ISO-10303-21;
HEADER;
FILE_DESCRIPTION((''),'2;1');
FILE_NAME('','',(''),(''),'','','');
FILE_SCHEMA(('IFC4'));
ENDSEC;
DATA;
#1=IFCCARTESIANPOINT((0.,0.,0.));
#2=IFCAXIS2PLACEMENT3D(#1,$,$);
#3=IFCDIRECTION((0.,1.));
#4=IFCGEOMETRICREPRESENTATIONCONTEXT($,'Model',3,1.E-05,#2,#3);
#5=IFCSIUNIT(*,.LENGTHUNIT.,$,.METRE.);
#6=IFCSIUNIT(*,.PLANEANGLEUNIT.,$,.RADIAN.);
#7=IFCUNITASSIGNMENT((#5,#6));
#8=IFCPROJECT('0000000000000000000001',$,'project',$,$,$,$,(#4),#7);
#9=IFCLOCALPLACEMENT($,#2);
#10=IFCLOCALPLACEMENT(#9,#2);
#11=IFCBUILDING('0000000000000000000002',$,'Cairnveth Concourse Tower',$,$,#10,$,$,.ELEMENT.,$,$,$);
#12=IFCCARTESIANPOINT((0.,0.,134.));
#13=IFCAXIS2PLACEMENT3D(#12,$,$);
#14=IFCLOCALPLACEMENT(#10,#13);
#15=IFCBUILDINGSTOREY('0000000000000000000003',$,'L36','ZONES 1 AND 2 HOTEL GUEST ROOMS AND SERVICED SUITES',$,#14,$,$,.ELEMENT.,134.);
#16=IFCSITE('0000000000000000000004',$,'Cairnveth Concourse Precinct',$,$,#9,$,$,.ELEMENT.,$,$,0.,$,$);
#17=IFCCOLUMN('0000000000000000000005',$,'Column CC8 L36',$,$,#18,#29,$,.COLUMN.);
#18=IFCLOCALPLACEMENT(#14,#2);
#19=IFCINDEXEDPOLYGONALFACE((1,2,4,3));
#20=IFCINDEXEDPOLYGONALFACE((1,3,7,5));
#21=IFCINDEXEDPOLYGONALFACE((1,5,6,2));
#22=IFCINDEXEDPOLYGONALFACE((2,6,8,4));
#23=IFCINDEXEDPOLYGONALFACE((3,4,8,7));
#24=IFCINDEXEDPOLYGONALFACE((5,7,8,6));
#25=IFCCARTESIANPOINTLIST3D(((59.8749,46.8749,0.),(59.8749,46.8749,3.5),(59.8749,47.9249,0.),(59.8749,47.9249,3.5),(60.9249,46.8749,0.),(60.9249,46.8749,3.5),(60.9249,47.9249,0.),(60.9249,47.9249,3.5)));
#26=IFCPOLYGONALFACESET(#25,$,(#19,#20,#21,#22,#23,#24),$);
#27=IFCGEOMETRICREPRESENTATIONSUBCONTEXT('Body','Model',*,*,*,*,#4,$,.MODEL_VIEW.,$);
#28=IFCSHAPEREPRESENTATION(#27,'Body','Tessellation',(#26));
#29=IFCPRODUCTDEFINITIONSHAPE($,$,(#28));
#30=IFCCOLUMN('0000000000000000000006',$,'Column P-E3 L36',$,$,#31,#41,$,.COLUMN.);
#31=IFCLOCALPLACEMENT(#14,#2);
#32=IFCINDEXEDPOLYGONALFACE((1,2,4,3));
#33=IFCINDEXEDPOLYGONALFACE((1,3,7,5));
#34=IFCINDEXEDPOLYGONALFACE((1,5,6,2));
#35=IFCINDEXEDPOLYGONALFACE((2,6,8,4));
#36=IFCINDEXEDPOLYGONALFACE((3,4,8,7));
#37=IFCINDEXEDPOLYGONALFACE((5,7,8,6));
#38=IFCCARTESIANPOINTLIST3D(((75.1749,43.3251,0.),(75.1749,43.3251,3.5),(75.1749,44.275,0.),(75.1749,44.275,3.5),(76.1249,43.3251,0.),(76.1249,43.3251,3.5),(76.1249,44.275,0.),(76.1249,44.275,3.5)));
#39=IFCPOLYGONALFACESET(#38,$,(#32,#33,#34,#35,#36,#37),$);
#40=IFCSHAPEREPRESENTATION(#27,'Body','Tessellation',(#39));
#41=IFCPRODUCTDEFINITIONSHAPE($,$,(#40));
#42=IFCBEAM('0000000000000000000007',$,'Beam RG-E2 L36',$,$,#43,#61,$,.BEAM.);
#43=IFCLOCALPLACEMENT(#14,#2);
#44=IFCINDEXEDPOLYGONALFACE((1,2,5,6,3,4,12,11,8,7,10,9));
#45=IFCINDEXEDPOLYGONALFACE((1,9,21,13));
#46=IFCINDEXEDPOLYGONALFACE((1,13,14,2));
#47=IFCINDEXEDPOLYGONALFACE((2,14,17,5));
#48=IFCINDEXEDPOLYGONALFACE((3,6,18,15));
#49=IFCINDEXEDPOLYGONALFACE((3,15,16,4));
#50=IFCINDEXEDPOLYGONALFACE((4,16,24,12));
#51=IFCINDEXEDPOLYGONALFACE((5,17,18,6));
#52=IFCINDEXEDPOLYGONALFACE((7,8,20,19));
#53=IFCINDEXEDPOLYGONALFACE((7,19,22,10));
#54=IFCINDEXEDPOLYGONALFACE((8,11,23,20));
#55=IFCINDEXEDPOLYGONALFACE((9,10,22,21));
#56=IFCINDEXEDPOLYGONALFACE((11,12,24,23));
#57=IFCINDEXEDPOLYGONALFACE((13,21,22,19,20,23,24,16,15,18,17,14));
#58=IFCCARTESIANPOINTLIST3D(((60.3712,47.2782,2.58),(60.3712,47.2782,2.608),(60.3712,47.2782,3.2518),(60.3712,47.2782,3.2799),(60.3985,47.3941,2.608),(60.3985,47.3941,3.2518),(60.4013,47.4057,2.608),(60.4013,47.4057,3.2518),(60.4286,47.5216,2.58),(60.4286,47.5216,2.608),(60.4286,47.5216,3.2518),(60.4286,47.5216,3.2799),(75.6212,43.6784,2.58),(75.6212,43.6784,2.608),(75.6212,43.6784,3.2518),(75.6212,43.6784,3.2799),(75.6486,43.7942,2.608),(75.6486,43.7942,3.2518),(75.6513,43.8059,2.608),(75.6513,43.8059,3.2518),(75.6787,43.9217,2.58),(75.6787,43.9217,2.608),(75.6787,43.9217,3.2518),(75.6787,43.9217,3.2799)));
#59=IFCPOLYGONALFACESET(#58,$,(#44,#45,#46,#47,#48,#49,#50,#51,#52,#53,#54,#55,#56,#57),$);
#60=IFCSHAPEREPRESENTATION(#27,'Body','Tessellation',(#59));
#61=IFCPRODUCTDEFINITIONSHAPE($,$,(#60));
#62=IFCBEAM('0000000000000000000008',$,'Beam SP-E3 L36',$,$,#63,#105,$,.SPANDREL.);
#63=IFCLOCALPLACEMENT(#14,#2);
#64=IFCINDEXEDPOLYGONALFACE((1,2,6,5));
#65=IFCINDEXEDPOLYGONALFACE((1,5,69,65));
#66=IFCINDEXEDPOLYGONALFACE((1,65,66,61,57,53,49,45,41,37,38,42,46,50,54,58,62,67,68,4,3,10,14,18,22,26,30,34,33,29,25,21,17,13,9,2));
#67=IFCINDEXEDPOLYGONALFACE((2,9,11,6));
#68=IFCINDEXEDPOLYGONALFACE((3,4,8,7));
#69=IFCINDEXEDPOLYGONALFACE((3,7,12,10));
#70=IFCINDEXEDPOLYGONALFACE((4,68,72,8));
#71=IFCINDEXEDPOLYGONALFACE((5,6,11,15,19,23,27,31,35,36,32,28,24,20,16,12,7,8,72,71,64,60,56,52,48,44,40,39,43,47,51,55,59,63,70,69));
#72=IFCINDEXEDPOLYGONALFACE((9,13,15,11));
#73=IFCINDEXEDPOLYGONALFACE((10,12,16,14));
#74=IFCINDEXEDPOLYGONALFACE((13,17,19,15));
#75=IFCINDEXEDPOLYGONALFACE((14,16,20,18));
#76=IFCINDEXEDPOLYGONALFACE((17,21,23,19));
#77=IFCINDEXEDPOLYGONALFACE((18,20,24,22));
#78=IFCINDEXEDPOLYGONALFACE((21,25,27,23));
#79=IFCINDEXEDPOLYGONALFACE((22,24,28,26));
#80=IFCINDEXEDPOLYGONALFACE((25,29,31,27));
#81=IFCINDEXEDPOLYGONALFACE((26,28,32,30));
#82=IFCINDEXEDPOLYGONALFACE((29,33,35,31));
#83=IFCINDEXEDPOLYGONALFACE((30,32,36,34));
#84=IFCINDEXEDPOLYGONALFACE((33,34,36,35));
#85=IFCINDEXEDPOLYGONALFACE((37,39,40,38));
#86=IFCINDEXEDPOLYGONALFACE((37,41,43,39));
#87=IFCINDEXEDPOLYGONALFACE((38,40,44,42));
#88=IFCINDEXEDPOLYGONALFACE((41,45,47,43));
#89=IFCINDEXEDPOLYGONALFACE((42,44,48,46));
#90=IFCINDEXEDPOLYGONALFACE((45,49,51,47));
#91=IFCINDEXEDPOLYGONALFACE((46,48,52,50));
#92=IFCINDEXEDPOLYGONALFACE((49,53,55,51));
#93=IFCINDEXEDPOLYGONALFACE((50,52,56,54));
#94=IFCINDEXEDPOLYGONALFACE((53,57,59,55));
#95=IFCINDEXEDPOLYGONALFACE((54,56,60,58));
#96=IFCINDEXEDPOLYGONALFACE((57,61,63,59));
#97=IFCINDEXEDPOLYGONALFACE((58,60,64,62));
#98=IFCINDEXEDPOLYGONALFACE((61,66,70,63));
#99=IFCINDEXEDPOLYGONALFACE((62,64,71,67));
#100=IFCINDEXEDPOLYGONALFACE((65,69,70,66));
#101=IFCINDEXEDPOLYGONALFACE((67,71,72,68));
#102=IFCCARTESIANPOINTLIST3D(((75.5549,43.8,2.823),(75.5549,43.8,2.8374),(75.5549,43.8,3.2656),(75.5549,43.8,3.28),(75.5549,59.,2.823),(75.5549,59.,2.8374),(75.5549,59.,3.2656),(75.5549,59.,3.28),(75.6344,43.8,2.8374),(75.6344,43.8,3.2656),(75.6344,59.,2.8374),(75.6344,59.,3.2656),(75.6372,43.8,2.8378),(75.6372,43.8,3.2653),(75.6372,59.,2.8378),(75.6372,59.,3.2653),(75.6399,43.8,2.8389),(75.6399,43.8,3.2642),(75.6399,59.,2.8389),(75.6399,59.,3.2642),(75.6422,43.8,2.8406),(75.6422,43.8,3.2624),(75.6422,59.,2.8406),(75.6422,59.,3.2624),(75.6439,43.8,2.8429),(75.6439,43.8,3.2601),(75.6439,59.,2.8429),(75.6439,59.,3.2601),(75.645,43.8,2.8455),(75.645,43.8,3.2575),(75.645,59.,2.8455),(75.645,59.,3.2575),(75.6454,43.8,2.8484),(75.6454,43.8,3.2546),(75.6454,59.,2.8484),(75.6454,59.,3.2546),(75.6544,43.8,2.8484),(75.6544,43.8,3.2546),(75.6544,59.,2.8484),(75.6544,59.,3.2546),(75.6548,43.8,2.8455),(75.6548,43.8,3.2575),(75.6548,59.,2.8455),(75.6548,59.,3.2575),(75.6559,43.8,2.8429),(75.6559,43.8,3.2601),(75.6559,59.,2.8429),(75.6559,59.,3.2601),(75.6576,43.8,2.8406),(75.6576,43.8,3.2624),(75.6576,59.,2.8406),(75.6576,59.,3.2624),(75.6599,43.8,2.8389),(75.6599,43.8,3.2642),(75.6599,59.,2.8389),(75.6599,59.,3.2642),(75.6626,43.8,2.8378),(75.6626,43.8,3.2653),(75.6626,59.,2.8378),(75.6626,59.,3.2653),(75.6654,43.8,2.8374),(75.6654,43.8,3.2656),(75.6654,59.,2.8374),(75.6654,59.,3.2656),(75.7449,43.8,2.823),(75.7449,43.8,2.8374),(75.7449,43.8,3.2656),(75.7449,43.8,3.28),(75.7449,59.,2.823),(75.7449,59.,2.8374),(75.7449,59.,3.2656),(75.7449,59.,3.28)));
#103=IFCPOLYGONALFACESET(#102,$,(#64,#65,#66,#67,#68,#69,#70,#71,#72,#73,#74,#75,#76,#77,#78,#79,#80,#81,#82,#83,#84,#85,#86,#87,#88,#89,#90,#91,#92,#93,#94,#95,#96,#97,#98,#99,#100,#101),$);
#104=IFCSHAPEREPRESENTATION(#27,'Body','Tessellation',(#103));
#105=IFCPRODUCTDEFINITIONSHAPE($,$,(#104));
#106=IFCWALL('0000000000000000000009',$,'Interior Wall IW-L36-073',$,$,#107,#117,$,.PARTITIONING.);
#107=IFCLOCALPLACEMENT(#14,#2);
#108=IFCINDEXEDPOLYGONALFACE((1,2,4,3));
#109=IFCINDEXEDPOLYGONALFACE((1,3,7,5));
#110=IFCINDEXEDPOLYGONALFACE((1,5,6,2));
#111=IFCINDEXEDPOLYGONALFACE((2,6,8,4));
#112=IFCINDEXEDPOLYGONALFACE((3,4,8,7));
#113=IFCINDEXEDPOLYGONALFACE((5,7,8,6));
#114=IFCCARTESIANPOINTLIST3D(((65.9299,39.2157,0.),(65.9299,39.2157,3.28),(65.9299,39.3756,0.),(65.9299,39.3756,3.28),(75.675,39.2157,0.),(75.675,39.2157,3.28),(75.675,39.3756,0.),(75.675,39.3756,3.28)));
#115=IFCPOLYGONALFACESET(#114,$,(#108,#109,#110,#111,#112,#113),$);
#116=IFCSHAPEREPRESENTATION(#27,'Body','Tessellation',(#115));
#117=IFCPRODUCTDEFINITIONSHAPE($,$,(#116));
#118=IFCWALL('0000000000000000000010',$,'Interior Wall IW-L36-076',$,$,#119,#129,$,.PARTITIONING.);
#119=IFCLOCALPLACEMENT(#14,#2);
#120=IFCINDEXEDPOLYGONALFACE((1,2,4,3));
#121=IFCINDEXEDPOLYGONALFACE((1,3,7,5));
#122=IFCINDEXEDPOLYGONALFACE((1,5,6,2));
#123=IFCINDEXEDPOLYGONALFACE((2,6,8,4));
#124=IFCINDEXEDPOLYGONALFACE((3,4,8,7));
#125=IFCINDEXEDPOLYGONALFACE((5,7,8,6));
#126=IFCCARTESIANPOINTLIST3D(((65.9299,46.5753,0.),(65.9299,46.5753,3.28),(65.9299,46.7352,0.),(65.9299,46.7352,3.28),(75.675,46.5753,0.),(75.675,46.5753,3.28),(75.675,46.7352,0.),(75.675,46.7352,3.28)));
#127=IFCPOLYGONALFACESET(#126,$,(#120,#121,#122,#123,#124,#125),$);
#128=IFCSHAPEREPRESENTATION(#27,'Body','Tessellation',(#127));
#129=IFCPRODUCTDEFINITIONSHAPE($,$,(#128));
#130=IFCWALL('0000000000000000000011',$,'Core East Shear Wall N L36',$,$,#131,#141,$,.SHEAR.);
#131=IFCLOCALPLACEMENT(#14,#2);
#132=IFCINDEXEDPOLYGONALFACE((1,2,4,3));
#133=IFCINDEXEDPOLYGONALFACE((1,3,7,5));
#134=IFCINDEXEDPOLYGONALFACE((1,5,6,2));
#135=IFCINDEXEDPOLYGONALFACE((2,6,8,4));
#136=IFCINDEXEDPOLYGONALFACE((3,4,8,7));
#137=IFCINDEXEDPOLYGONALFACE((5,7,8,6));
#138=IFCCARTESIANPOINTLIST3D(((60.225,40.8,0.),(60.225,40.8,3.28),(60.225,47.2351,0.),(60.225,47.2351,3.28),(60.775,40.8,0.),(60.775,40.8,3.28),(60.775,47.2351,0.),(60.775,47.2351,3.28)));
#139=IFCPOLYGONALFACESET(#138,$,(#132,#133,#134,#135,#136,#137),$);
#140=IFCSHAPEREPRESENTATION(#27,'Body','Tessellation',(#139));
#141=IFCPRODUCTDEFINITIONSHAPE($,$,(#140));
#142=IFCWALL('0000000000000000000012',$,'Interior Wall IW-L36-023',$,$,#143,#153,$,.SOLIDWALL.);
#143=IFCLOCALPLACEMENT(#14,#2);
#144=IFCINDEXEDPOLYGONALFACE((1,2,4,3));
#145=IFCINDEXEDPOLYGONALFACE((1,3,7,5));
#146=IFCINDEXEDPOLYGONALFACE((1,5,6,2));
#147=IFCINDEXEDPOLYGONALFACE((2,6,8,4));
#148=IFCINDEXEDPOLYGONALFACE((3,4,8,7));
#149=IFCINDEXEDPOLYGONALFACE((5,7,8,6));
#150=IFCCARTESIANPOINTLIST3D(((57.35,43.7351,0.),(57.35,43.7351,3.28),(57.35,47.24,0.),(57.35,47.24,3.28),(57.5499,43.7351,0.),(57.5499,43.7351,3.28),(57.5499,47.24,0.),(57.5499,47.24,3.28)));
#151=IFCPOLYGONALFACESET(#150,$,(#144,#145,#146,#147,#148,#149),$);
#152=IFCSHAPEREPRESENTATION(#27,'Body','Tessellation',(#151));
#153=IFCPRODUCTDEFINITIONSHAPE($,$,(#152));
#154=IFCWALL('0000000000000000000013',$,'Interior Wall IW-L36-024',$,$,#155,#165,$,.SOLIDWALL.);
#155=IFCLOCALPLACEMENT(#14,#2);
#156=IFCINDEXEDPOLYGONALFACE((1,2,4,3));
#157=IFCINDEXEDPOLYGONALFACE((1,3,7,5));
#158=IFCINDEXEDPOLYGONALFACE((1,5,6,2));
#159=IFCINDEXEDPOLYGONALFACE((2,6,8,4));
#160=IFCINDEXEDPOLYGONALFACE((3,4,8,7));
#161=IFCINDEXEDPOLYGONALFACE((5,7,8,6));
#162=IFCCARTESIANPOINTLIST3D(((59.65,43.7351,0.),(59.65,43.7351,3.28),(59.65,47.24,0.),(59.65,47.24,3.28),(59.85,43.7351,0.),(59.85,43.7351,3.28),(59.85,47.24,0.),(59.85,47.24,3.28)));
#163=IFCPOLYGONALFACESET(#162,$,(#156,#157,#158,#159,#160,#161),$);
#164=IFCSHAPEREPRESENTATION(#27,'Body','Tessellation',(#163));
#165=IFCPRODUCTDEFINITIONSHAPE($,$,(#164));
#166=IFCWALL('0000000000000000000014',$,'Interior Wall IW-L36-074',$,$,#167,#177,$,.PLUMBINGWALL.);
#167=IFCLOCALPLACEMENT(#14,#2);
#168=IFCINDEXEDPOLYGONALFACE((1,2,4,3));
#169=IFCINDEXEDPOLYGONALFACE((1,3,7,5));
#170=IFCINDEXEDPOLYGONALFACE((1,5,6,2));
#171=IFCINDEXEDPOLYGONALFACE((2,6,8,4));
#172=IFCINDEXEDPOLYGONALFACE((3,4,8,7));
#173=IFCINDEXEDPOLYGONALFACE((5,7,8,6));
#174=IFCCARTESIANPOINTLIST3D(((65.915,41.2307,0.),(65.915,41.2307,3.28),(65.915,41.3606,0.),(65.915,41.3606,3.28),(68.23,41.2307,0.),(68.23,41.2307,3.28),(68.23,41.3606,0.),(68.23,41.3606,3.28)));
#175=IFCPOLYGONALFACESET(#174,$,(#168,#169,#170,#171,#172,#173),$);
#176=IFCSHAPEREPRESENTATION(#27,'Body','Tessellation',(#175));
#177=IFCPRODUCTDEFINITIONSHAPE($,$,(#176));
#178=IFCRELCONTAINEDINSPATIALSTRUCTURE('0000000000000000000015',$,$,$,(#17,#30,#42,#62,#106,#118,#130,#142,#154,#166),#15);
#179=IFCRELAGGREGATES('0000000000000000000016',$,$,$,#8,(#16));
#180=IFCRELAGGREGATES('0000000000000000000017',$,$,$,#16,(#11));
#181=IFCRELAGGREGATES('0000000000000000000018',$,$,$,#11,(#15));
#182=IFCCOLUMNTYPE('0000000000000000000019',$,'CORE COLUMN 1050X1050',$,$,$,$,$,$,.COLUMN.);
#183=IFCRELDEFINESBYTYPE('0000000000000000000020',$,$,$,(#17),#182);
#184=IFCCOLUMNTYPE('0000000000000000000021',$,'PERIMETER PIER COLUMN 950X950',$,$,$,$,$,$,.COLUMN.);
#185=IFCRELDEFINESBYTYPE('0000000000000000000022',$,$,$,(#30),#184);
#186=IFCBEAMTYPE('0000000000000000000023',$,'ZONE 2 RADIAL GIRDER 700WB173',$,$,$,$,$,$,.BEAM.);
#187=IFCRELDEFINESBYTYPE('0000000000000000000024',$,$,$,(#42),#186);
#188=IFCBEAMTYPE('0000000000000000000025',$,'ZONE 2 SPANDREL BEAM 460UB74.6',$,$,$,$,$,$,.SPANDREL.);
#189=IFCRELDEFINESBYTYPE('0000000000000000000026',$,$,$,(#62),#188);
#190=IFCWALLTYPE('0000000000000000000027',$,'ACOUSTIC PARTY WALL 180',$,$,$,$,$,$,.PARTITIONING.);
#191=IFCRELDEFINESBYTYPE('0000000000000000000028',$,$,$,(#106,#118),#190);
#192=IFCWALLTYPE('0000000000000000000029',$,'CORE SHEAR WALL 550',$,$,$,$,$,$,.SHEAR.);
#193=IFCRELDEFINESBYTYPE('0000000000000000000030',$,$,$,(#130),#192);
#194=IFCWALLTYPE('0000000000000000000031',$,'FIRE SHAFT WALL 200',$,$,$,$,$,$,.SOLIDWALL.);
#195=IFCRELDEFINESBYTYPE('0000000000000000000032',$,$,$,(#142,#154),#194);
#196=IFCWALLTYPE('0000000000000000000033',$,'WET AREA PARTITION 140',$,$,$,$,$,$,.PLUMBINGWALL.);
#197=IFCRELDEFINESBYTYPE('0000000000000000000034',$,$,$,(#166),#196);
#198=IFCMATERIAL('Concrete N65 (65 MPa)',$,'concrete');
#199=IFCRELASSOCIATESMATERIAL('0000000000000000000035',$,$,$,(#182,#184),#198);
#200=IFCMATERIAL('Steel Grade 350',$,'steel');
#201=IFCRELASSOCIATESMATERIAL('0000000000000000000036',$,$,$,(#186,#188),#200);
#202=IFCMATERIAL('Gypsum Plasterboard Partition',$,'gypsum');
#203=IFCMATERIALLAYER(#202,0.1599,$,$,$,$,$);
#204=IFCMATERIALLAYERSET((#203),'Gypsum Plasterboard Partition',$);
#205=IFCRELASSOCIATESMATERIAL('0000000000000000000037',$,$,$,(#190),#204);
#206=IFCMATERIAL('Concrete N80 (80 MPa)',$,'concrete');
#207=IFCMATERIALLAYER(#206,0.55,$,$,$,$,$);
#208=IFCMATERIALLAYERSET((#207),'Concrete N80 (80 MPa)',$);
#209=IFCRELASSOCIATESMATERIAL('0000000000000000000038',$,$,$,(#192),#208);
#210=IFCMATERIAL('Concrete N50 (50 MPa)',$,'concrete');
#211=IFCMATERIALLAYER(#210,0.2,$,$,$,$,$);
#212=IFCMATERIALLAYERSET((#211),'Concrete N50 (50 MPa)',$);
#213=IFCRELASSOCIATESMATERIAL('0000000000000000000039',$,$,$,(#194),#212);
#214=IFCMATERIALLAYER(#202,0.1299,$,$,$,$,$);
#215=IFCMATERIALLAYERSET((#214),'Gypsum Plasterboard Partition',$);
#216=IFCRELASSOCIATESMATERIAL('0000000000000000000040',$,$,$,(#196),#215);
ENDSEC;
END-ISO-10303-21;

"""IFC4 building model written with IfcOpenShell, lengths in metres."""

from ifc_helpers import new_model, si_unit, direction, frame, frame_2d, origin, origin_2d, place, context, subcontext, project, spatial, rectangle, i_section, extrude, material, layer, layer_set, material_profile, profile_set, type_object, element, save


model = new_model("IFC4")

# Units and contexts
model_context = context("Model", 3, precision=1e-05, world=origin(), true_north=direction((0.0, 1.0)))
body_context = subcontext(model_context, "Body", "Model", "MODEL_VIEW")
ifc_project = project(units=[si_unit("LENGTHUNIT", "METRE"), si_unit("PLANEANGLEUNIT", "RADIAN")], contexts=[model_context])

# Site, building, storey
site_placement = place(None, origin())
site = spatial("IfcSite", under=ifc_project, at=site_placement, Name="Cairnveth Concourse Precinct", CompositionType="ELEMENT", RefElevation=0.0)
building_placement = place(site_placement, origin())
building = spatial("IfcBuilding", under=site, at=building_placement, Name="Cairnveth Concourse Tower", CompositionType="ELEMENT")
storey_placement = place(building_placement, frame((0.0, 0.0, 134.0)))
storey = spatial("IfcBuildingStorey", under=building, at=storey_placement, Name="L36", Description="ZONES 1 AND 2 HOTEL GUEST ROOMS AND SERVICED SUITES", CompositionType="ELEMENT", Elevation=134.0)

# Columns
ifc_material_1 = material(Name="Concrete N65 (65 MPa)", Category="concrete")
ifc_material_profile_1 = material_profile(ifc_material_1, rectangle(XDim=1.05, YDim=1.05, at=origin_2d()), Name="RC-COL-1050x1050")
ifc_profile_set_1 = profile_set([ifc_material_profile_1], Name="Concrete N65 (65 MPa)")
column_type_1 = type_object("IfcColumnType", Name="CORE COLUMN 1050X1050", PredefinedType="COLUMN", material=ifc_profile_set_1)
column_1_placement = place(storey_placement, frame((60.3999, 47.3999, 0.0), z_axis=(0.0, 0.0, 1.0), x_axis=(1.0, 0.0, 0.0)))
element("IfcColumn", 1, at=column_1_placement, inside=storey, type_object=column_type_1, Name="Column CC8 L36", PredefinedType="COLUMN", context=body_context, shape_type="SweptSolid", body=[
    extrude(rectangle(XDim=1.05, YDim=1.05, at=origin_2d()), origin(), (0.0, 0.0, 1.0), 3.5),
])
ifc_material_profile_2 = material_profile(ifc_material_1, rectangle(XDim=0.95, YDim=0.95, at=origin_2d()), Name="RC-COL-950x950")
ifc_profile_set_2 = profile_set([ifc_material_profile_2], Name="Concrete N65 (65 MPa)")
column_type_2 = type_object("IfcColumnType", Name="PERIMETER PIER COLUMN 950X950", PredefinedType="COLUMN", material=ifc_profile_set_2)
column_2_placement = place(storey_placement, frame((75.6499, 43.8, 0.0), z_axis=(0.0, 0.0, 1.0), x_axis=(0.0, 1.0, 0.0)))
element("IfcColumn", 2, at=column_2_placement, inside=storey, type_object=column_type_2, Name="Column P-E3 L36", PredefinedType="COLUMN", context=body_context, shape_type="SweptSolid", body=[
    extrude(rectangle(XDim=0.95, YDim=0.95, at=origin_2d()), origin(), (0.0, 0.0, 1.0), 3.5),
])

# Beams
ifc_material_2 = material(Name="Steel Grade 350", Category="steel")
ifc_material_profile_3 = material_profile(ifc_material_2, i_section(OverallWidth=0.25, OverallDepth=0.7, WebThickness=0.012, FlangeThickness=0.0281, at=origin_2d()), Name="700WB173")
ifc_profile_set_3 = profile_set([ifc_material_profile_3], Name="Steel Grade 350")
beam_type_1 = type_object("IfcBeamType", Name="ZONE 2 RADIAL GIRDER 700WB173", PredefinedType="BEAM", material=ifc_profile_set_3)
beam_1_placement = place(storey_placement, frame((60.3999, 47.3999, 2.9299), z_axis=(0.973252, -0.229742, 0.0), x_axis=(0.229742, 0.973252, 0.0)))
element("IfcBeam", 3, at=beam_1_placement, inside=storey, type_object=beam_type_1, Name="Beam RG-E2 L36", PredefinedType="BEAM", context=body_context, shape_type="SweptSolid", body=[
    extrude(i_section(OverallWidth=0.25, OverallDepth=0.7, WebThickness=0.012, FlangeThickness=0.0281, at=origin_2d()), origin(), (0.0, 0.0, 1.0), 15.6692),
])
ifc_material_profile_4 = material_profile(ifc_material_2, i_section(OverallWidth=0.1899, OverallDepth=0.457, WebThickness=0.009, FlangeThickness=0.0144, FilletRadius=0.011, at=origin_2d()), Name="460UB74.6")
ifc_profile_set_4 = profile_set([ifc_material_profile_4], Name="Steel Grade 350")
beam_type_2 = type_object("IfcBeamType", Name="ZONE 2 SPANDREL BEAM 460UB74.6", PredefinedType="SPANDREL", material=ifc_profile_set_4)
beam_2_placement = place(storey_placement, frame((75.6499, 43.8, 3.0515), z_axis=(0.0, 1.0, 0.0), x_axis=(-1.0, 0.0, 0.0)))
element("IfcBeam", 4, at=beam_2_placement, inside=storey, type_object=beam_type_2, Name="Beam SP-E3 L36", PredefinedType="SPANDREL", context=body_context, shape_type="SweptSolid", body=[
    extrude(i_section(OverallWidth=0.1899, OverallDepth=0.457, WebThickness=0.009, FlangeThickness=0.0144, FilletRadius=0.011, at=origin_2d()), origin(), (0.0, 0.0, 1.0), 15.2),
])

# Walls
ifc_material_3 = material(Name="Gypsum Plasterboard Partition", Category="gypsum")
ifc_layer_1 = layer(ifc_material_3, 0.1599)
ifc_layer_set_1 = layer_set([ifc_layer_1], Name="Gypsum Plasterboard Partition")
wall_type_1 = type_object("IfcWallType", Name="ACOUSTIC PARTY WALL 180", PredefinedType="PARTITIONING", material=ifc_layer_set_1)
for number, where, z_axis, x_axis, name in (
    (5, (65.9299, 39.2957, 0.0), (0.0, 0.0, 1.0), (1.0, 0.0, 0.0), "Interior Wall IW-L36-073"),
    (6, (65.9299, 46.6553, 0.0), (0.0, 0.0, 1.0), (1.0, 0.0, 0.0), "Interior Wall IW-L36-076"),
):
    element("IfcWall", number, at=place(storey_placement, frame(where, z_axis=z_axis, x_axis=x_axis)), inside=storey, type_object=wall_type_1, Name=name, PredefinedType="PARTITIONING", context=body_context, shape_type="SweptSolid", body=[
        extrude(rectangle(XDim=9.7451, YDim=0.1599, at=frame_2d((4.8726, 0.0))), origin(), (0.0, 0.0, 1.0), 3.28),
    ])
ifc_material_4 = material(Name="Concrete N80 (80 MPa)", Category="concrete")
ifc_layer_2 = layer(ifc_material_4, 0.55)
ifc_layer_set_2 = layer_set([ifc_layer_2], Name="Concrete N80 (80 MPa)")
wall_type_2 = type_object("IfcWallType", Name="CORE SHEAR WALL 550", PredefinedType="SHEAR", material=ifc_layer_set_2)
wall_1_placement = place(storey_placement, frame((60.5, 40.8, 0.0), z_axis=(0.0, 0.0, 1.0), x_axis=(0.0, 1.0, 0.0)))
element("IfcWall", 7, at=wall_1_placement, inside=storey, type_object=wall_type_2, Name="Core East Shear Wall N L36", PredefinedType="SHEAR", context=body_context, shape_type="SweptSolid", body=[
    extrude(rectangle(XDim=6.4351, YDim=0.55, at=frame_2d((3.2175, 0.0))), origin(), (0.0, 0.0, 1.0), 3.28),
])

# Shared definitions
ifc_material_5 = material(Name="Concrete N50 (50 MPa)", Category="concrete")
ifc_layer_3 = layer(ifc_material_5, 0.2)
ifc_layer_set_3 = layer_set([ifc_layer_3], Name="Concrete N50 (50 MPa)")
wall_type_3 = type_object("IfcWallType", Name="FIRE SHAFT WALL 200", PredefinedType="SOLIDWALL", material=ifc_layer_set_3)

# Walls
for number, where, z_axis, x_axis, name in (
    (8, (57.45, 43.7351, 0.0), (0.0, 0.0, 1.0), (0.0, 1.0, 0.0), "Interior Wall IW-L36-023"),
    (9, (59.75, 43.7351, 0.0), (0.0, 0.0, 1.0), (0.0, 1.0, 0.0), "Interior Wall IW-L36-024"),
):
    element("IfcWall", number, at=place(storey_placement, frame(where, z_axis=z_axis, x_axis=x_axis)), inside=storey, type_object=wall_type_3, Name=name, PredefinedType="SOLIDWALL", context=body_context, shape_type="SweptSolid", body=[
        extrude(rectangle(XDim=3.5049, YDim=0.2, at=frame_2d((1.7524, 0.0))), origin(), (0.0, 0.0, 1.0), 3.28),
    ])
ifc_layer_4 = layer(ifc_material_3, 0.1299)
ifc_layer_set_4 = layer_set([ifc_layer_4], Name="Gypsum Plasterboard Partition")
wall_type_4 = type_object("IfcWallType", Name="WET AREA PARTITION 140", PredefinedType="PLUMBINGWALL", material=ifc_layer_set_4)
wall_2_placement = place(storey_placement, frame((65.915, 41.2957, 0.0), z_axis=(0.0, 0.0, 1.0), x_axis=(1.0, 0.0, 0.0)))
element("IfcWall", 10, at=wall_2_placement, inside=storey, type_object=wall_type_4, Name="Interior Wall IW-L36-074", PredefinedType="PLUMBINGWALL", context=body_context, shape_type="SweptSolid", body=[
    extrude(rectangle(XDim=2.3149, YDim=0.1299, at=frame_2d((1.1575, 0.0))), origin(), (0.0, 0.0, 1.0), 3.28),
])

save(model, "model.ifc")
